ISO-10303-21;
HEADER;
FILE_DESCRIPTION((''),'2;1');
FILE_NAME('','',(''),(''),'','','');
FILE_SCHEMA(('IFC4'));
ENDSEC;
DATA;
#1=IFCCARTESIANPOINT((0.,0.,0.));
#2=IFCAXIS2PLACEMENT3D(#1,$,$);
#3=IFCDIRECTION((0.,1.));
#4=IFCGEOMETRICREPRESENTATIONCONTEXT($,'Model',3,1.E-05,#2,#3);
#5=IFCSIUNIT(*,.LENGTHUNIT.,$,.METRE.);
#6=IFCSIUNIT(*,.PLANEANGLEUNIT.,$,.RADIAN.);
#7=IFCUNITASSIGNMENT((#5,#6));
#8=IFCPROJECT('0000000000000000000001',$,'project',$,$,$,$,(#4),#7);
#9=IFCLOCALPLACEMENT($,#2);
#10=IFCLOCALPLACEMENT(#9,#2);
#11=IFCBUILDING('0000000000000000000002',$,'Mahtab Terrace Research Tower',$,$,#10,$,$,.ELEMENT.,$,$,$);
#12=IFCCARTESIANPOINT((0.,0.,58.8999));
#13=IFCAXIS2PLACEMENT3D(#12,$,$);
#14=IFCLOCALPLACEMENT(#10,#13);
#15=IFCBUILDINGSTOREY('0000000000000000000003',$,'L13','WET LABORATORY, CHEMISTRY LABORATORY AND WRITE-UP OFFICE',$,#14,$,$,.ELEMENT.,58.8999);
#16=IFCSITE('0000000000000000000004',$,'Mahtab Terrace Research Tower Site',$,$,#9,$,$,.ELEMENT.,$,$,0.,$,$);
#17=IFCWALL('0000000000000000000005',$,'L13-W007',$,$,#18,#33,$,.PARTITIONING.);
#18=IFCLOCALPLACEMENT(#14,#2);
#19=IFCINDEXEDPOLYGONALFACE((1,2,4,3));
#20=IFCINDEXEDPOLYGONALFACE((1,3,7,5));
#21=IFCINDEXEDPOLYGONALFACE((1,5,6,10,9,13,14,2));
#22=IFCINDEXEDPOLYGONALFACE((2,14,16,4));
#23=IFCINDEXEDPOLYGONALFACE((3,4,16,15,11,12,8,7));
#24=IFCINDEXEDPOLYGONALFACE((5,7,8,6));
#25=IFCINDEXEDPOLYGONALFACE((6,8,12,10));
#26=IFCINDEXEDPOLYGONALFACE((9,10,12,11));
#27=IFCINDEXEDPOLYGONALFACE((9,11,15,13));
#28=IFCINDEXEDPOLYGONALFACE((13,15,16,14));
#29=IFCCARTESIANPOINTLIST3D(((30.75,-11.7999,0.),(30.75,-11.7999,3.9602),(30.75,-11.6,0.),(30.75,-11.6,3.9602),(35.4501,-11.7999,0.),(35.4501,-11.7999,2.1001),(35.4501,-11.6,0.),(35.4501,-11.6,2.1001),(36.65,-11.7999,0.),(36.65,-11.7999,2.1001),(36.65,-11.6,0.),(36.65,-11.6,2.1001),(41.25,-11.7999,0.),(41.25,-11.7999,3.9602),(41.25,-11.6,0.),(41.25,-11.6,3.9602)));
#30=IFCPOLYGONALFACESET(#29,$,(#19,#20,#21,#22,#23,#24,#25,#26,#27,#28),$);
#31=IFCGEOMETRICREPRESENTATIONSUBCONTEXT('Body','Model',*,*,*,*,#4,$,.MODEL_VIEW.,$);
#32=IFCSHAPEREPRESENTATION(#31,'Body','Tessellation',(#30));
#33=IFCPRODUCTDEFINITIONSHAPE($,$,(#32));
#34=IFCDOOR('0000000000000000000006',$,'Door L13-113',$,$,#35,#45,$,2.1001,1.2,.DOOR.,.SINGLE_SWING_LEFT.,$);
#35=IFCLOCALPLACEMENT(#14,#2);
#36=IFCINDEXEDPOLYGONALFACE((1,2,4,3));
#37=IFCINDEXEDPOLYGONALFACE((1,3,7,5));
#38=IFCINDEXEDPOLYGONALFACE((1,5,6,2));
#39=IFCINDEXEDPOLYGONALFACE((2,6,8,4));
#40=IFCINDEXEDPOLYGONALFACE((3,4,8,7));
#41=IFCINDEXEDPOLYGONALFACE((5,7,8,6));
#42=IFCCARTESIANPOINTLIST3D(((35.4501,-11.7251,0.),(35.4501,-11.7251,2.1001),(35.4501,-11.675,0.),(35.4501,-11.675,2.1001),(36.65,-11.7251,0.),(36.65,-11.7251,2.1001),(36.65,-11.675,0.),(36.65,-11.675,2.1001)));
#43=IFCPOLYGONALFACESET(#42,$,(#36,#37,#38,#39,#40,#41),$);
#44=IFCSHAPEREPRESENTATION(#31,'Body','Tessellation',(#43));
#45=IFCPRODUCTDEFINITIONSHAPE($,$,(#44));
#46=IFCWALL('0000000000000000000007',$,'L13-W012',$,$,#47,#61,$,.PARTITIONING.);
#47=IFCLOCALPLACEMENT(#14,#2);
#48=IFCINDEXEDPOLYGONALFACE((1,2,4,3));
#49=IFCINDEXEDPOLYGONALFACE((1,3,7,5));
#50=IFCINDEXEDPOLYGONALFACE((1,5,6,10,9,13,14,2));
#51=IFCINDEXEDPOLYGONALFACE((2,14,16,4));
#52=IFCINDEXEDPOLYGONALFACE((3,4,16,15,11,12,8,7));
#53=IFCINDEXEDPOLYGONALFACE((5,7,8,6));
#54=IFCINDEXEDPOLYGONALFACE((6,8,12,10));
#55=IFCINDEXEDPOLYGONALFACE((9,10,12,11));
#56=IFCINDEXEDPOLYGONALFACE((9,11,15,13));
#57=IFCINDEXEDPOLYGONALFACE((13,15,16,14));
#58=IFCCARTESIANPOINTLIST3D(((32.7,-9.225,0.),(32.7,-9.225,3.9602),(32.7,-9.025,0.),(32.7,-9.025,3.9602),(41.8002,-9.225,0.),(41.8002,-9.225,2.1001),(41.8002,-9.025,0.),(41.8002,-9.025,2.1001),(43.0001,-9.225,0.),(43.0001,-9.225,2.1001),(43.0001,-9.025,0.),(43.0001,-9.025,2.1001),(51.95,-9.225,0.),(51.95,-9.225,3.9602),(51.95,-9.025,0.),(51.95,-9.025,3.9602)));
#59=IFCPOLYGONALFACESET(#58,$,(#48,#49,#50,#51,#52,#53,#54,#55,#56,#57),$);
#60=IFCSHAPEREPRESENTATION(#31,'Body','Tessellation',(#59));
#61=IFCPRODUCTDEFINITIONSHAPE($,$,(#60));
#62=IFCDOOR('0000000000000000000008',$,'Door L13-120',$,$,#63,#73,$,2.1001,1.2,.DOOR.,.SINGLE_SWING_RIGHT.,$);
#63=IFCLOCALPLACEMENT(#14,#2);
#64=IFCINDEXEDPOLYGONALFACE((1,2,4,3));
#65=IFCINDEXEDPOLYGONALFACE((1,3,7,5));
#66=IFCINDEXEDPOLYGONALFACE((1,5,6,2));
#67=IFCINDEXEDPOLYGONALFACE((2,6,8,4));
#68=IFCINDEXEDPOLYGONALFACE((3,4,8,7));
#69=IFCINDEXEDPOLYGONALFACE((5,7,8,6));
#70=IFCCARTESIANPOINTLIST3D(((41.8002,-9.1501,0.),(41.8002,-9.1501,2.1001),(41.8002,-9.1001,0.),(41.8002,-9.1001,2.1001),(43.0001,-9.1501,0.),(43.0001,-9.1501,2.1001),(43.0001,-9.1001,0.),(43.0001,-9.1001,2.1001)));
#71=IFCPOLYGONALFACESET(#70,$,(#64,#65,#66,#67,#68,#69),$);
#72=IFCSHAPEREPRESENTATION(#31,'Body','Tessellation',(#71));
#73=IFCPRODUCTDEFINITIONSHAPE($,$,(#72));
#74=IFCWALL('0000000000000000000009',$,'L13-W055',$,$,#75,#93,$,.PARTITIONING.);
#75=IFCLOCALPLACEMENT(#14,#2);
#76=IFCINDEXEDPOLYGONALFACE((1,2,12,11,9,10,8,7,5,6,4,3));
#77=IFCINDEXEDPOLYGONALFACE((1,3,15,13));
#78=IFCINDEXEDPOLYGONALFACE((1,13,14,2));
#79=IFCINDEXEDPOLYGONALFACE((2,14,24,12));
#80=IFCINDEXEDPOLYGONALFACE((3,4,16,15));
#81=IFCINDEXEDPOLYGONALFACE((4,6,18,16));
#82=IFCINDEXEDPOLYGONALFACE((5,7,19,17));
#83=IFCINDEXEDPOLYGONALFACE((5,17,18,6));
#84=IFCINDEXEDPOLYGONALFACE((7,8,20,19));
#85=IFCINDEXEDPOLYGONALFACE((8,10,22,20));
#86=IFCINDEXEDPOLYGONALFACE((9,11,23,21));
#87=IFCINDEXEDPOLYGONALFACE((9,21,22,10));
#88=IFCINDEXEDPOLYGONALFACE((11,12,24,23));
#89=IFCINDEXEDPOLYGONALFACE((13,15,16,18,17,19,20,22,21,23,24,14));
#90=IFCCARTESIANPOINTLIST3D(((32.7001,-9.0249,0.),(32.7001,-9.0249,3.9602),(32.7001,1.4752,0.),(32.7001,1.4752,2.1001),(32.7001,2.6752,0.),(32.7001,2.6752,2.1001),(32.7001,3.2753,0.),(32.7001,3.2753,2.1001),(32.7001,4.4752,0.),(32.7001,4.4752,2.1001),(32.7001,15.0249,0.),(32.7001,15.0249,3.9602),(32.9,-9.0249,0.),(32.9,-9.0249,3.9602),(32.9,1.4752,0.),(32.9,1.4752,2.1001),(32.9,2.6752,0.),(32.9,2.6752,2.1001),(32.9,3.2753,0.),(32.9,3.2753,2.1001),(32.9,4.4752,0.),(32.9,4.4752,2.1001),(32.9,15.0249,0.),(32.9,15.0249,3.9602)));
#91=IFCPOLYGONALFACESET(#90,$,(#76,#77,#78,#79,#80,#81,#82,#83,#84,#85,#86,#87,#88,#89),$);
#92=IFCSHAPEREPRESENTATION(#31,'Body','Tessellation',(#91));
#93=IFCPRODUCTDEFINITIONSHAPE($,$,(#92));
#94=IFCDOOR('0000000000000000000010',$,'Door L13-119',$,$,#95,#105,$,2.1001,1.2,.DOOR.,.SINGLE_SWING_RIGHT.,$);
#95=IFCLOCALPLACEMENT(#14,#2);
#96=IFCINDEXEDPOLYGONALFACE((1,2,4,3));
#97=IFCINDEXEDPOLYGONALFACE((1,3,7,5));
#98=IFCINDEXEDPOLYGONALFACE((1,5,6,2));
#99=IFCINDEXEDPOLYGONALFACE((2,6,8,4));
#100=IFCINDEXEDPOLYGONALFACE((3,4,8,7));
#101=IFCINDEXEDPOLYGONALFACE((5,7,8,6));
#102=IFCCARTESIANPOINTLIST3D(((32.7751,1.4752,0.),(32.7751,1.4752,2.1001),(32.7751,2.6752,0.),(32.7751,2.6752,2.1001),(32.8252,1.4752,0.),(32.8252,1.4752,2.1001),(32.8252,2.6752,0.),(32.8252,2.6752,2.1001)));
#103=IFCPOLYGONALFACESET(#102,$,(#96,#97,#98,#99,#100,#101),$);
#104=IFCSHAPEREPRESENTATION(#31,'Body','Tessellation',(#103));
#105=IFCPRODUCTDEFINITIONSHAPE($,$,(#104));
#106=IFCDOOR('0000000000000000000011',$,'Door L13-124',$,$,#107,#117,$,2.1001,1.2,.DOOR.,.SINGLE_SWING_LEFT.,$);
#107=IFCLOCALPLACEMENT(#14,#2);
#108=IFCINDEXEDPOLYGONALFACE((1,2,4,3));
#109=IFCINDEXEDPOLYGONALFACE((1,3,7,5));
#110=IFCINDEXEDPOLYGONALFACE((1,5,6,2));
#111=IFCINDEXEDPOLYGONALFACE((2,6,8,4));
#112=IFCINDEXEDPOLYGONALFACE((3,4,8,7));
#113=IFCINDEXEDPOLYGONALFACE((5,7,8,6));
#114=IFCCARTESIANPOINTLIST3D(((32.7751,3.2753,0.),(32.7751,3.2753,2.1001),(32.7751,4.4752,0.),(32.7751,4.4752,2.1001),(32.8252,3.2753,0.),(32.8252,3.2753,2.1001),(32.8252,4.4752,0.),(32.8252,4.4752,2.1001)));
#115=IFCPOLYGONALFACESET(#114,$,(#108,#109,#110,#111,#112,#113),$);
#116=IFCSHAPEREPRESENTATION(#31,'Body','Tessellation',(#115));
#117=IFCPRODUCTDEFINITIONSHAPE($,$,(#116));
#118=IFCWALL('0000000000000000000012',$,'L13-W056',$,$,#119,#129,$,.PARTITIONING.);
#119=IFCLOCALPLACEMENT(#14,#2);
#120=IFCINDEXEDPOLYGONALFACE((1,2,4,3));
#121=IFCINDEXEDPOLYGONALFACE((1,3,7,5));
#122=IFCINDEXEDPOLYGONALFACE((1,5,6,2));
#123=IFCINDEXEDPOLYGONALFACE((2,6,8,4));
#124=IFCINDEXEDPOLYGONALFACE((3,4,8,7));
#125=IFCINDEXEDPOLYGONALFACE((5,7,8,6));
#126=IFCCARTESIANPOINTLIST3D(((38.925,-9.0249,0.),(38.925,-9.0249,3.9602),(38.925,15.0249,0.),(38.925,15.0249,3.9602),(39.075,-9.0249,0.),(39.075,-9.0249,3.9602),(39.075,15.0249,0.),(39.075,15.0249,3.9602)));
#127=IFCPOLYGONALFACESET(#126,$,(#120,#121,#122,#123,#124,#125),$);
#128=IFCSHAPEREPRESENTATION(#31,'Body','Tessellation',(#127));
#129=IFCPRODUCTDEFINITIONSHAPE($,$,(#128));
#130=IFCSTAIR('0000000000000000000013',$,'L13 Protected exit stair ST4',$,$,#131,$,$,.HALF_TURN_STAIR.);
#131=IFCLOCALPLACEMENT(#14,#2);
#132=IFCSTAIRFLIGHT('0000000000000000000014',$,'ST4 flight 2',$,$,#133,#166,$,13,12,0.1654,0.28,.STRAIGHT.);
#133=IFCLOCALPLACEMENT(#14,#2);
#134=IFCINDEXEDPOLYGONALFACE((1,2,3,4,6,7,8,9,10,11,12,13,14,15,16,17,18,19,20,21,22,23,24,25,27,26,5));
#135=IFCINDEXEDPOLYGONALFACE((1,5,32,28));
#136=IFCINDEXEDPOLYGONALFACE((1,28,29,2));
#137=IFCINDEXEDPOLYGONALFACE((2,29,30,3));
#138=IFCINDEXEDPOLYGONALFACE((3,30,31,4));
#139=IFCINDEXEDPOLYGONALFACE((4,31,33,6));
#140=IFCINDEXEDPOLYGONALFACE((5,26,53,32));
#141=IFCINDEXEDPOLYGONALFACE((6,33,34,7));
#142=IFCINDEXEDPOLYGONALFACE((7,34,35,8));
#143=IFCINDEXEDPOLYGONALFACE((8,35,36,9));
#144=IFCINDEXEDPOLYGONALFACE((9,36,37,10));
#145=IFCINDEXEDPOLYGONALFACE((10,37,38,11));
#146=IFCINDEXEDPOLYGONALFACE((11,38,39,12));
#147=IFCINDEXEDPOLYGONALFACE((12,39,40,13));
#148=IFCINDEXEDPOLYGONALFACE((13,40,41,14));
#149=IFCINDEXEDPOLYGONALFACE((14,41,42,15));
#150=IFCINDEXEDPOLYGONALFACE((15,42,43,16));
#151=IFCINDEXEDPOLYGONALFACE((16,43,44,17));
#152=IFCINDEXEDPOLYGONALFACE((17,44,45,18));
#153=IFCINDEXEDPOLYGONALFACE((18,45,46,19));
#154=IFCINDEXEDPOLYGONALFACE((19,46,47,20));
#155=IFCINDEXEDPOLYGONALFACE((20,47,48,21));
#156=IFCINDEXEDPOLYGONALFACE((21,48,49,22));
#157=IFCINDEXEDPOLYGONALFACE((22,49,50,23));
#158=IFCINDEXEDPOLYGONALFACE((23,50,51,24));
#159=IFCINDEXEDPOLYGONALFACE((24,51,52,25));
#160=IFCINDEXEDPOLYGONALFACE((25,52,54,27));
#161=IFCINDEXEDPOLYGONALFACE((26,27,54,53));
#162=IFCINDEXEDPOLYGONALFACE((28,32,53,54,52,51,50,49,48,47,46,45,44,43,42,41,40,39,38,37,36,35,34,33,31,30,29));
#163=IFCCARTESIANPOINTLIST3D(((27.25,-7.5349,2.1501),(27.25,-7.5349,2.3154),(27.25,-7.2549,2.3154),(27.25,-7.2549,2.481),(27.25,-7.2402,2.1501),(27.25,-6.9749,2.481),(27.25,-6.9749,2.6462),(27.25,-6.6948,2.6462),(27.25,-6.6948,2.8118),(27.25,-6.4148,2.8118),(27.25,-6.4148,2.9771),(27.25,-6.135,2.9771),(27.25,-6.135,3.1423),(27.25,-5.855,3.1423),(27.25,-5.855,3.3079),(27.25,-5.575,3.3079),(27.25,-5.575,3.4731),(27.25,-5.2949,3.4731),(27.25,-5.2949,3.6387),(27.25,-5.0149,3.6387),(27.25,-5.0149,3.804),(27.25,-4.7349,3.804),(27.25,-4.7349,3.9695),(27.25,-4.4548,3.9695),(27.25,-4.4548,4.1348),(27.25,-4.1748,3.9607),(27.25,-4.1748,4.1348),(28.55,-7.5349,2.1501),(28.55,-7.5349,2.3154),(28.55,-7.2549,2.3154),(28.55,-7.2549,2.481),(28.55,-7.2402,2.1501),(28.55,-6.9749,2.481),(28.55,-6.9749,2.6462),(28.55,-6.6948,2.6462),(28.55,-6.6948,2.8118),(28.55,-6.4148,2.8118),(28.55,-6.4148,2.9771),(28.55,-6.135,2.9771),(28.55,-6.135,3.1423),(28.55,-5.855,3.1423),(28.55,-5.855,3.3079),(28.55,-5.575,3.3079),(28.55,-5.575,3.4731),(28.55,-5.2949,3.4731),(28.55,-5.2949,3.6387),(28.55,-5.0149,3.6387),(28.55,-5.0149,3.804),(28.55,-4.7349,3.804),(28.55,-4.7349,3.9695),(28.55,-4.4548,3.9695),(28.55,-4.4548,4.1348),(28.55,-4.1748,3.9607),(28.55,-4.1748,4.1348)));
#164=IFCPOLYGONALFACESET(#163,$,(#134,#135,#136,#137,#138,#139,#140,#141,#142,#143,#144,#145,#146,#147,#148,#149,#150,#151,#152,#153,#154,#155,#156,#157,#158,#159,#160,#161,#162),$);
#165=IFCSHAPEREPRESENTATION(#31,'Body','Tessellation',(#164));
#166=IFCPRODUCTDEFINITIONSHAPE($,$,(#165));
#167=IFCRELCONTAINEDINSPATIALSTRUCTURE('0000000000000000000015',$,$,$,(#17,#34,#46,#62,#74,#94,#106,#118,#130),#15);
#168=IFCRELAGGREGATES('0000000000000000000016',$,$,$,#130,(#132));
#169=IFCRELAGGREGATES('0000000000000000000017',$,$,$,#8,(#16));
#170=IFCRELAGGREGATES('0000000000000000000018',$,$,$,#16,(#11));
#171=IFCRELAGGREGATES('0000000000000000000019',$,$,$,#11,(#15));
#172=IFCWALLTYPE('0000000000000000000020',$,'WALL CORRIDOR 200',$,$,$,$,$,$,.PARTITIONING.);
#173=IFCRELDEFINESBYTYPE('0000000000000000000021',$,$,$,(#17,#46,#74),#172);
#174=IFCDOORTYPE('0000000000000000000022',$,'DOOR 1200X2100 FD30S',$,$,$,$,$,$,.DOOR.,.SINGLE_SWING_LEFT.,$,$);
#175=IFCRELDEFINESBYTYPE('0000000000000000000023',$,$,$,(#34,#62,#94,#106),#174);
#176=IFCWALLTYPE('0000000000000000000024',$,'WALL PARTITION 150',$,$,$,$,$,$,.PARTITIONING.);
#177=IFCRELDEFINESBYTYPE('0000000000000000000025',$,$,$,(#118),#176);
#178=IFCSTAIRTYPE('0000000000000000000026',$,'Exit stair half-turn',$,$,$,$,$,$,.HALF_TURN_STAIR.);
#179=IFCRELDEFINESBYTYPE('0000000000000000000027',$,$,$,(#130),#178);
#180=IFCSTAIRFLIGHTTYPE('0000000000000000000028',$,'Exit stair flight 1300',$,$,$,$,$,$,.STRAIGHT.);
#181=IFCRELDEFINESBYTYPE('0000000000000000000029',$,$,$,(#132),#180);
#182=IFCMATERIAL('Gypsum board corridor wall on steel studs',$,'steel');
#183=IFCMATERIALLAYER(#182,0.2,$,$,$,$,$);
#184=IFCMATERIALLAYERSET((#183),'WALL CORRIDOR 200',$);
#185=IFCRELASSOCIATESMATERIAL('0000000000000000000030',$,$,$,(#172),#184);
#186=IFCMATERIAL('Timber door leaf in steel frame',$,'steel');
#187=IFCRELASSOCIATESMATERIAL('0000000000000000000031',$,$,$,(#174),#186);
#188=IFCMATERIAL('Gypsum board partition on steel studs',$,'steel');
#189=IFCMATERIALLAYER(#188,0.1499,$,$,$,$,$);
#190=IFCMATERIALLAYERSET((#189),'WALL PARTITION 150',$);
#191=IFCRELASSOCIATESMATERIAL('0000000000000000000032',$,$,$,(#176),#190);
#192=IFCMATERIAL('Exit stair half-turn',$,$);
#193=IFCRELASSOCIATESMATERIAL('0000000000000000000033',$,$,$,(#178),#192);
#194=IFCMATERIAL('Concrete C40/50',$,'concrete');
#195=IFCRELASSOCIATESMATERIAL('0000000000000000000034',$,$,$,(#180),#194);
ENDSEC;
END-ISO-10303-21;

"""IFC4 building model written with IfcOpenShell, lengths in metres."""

from ifc_helpers import new_model, si_unit, direction, frame, frame_2d, origin, place, context, subcontext, project, spatial, polyline, rectangle, outline, extrude, material, layer, layer_set, type_object, element, fill, aggregate, save


model = new_model("IFC4")

# Units and contexts
model_context = context("Model", 3, precision=1e-05, world=origin(), true_north=direction((0.0, 1.0)))
body_context = subcontext(model_context, "Body", "Model", "MODEL_VIEW")
ifc_project = project(units=[si_unit("LENGTHUNIT", "METRE"), si_unit("PLANEANGLEUNIT", "RADIAN")], contexts=[model_context])

# Site, building, storey
site_placement = place(None, origin())
site = spatial("IfcSite", under=ifc_project, at=site_placement, Name="Mahtab Terrace Research Tower Site", CompositionType="ELEMENT", RefElevation=0.0)
building_placement = place(site_placement, origin())
building = spatial("IfcBuilding", under=site, at=building_placement, Name="Mahtab Terrace Research Tower", CompositionType="ELEMENT")
storey_placement = place(building_placement, frame((0.0, 0.0, 58.8999)))
storey = spatial("IfcBuildingStorey", under=building, at=storey_placement, Name="L13", Description="WET LABORATORY, CHEMISTRY LABORATORY AND WRITE-UP OFFICE", CompositionType="ELEMENT", Elevation=58.8999)

# Walls, openings, doors
ifc_material_1 = material(Name="Gypsum board corridor wall on steel studs", Category="steel")
ifc_layer_1 = layer(ifc_material_1, 0.2)
ifc_layer_set_1 = layer_set([ifc_layer_1], Name="WALL CORRIDOR 200")
wall_type_1 = type_object("IfcWallType", Name="WALL CORRIDOR 200", PredefinedType="PARTITIONING", material=ifc_layer_set_1)
wall_1_placement = place(storey_placement, frame((30.75, -11.7, 0.0), z_axis=(0.0, 0.0, 1.0), x_axis=(1.0, 0.0, 0.0)))
wall_1 = element("IfcWall", 1, at=wall_1_placement, inside=storey, type_object=wall_type_1, Name="L13-W007", PredefinedType="PARTITIONING", context=body_context, shape_type="SweptSolid", body=[
    extrude(rectangle(XDim=10.5, YDim=0.2, at=frame_2d((5.25, 0.0))), origin(), (0.0, 0.0, 1.0), 3.9602),
])
opening_1_placement = place(wall_1_placement, frame((4.7, 0.0, 0.0)))
opening_1 = element("IfcOpeningElement", 2, at=opening_1_placement, cuts=wall_1, PredefinedType="OPENING", context=body_context, shape_type="SweptSolid", body=[
    extrude(rectangle(XDim=1.2, YDim=2.1001, at=frame_2d((0.6001, 1.05))), frame((0.0, 0.1099, 0.0), z_axis=(0.0, -1.0, 0.0), x_axis=(1.0, 0.0, 0.0)), (0.0, 0.0, 1.0), 0.22),
])
ifc_material_2 = material(Name="Timber door leaf in steel frame", Category="steel")
door_type_1 = type_object("IfcDoorType", Name="DOOR 1200X2100 FD30S", OperationType="SINGLE_SWING_LEFT", PredefinedType="DOOR", material=ifc_material_2)
door_1_placement = place(opening_1_placement, origin())
door_1 = element("IfcDoor", 3, at=door_1_placement, inside=storey, type_object=door_type_1, Name="Door L13-113", OperationType="SINGLE_SWING_LEFT", OverallHeight=2.1001, OverallWidth=1.2, PredefinedType="DOOR", context=body_context, shape_type="SweptSolid", body=[
    extrude(rectangle(XDim=1.2, YDim=2.1001, at=frame_2d((0.6001, 1.05))), frame((0.0, 0.0249, 0.0), z_axis=(0.0, -1.0, 0.0), x_axis=(1.0, 0.0, 0.0)), (0.0, 0.0, 1.0), 0.05),
])
fill(opening_1, door_1)
wall_2_placement = place(storey_placement, frame((32.7, -9.125, 0.0), z_axis=(0.0, 0.0, 1.0), x_axis=(1.0, 0.0, 0.0)))
wall_2 = element("IfcWall", 4, at=wall_2_placement, inside=storey, type_object=wall_type_1, Name="L13-W012", PredefinedType="PARTITIONING", context=body_context, shape_type="SweptSolid", body=[
    extrude(rectangle(XDim=19.25, YDim=0.2, at=frame_2d((9.625, 0.0))), origin(), (0.0, 0.0, 1.0), 3.9602),
])
opening_2_placement = place(wall_2_placement, frame((9.1001, 0.0, 0.0)))
opening_2 = element("IfcOpeningElement", 5, at=opening_2_placement, cuts=wall_2, PredefinedType="OPENING", context=body_context, shape_type="SweptSolid", body=[
    extrude(rectangle(XDim=1.2, YDim=2.1001, at=frame_2d((0.6001, 1.05))), frame((0.0, 0.1099, 0.0), z_axis=(0.0, -1.0, 0.0), x_axis=(1.0, 0.0, 0.0)), (0.0, 0.0, 1.0), 0.22),
])
door_2_placement = place(opening_2_placement, origin())
door_2 = element("IfcDoor", 6, at=door_2_placement, inside=storey, type_object=door_type_1, Name="Door L13-120", OperationType="SINGLE_SWING_RIGHT", OverallHeight=2.1001, OverallWidth=1.2, PredefinedType="DOOR", context=body_context, shape_type="SweptSolid", body=[
    extrude(rectangle(XDim=1.2, YDim=2.1001, at=frame_2d((0.6001, 1.05))), frame((0.0, 0.0249, 0.0), z_axis=(0.0, -1.0, 0.0), x_axis=(1.0, 0.0, 0.0)), (0.0, 0.0, 1.0), 0.05),
])
fill(opening_2, door_2)

# Wall, openings, doors
wall_3_placement = place(storey_placement, frame((32.8, -9.0249, 0.0), z_axis=(0.0, 0.0, 1.0), x_axis=(0.0, 1.0, 0.0)))
wall_3 = element("IfcWall", 7, at=wall_3_placement, inside=storey, type_object=wall_type_1, Name="L13-W055", PredefinedType="PARTITIONING", context=body_context, shape_type="SweptSolid", body=[
    extrude(rectangle(XDim=24.0498, YDim=0.2, at=frame_2d((12.0249, 0.0))), origin(), (0.0, 0.0, 1.0), 3.9602),
])
opening_3_placement = place(wall_3_placement, frame((10.5, 0.0, 0.0)))
opening_3 = element("IfcOpeningElement", 8, at=opening_3_placement, cuts=wall_3, PredefinedType="OPENING", context=body_context, shape_type="SweptSolid", body=[
    extrude(rectangle(XDim=1.2, YDim=2.1001, at=frame_2d((0.6001, 1.05))), frame((0.0, 0.1099, 0.0), z_axis=(0.0, -1.0, 0.0), x_axis=(1.0, 0.0, 0.0)), (0.0, 0.0, 1.0), 0.22),
])
opening_4_placement = place(wall_3_placement, frame((12.3, 0.0, 0.0)))
opening_4 = element("IfcOpeningElement", 9, at=opening_4_placement, cuts=wall_3, PredefinedType="OPENING", context=body_context, shape_type="SweptSolid", body=[
    extrude(rectangle(XDim=1.2, YDim=2.1001, at=frame_2d((0.6001, 1.05))), frame((0.0, 0.1099, 0.0), z_axis=(0.0, -1.0, 0.0), x_axis=(1.0, 0.0, 0.0)), (0.0, 0.0, 1.0), 0.22),
])
door_3_placement = place(opening_3_placement, origin())
door_3 = element("IfcDoor", 10, at=door_3_placement, inside=storey, type_object=door_type_1, Name="Door L13-119", OperationType="SINGLE_SWING_RIGHT", OverallHeight=2.1001, OverallWidth=1.2, PredefinedType="DOOR", context=body_context, shape_type="SweptSolid", body=[
    extrude(rectangle(XDim=1.2, YDim=2.1001, at=frame_2d((0.6001, 1.05))), frame((0.0, 0.0249, 0.0), z_axis=(0.0, -1.0, 0.0), x_axis=(1.0, 0.0, 0.0)), (0.0, 0.0, 1.0), 0.05),
])
fill(opening_3, door_3)
door_4_placement = place(opening_4_placement, origin())
door_4 = element("IfcDoor", 11, at=door_4_placement, inside=storey, type_object=door_type_1, Name="Door L13-124", OperationType="SINGLE_SWING_LEFT", OverallHeight=2.1001, OverallWidth=1.2, PredefinedType="DOOR", context=body_context, shape_type="SweptSolid", body=[
    extrude(rectangle(XDim=1.2, YDim=2.1001, at=frame_2d((0.6001, 1.05))), frame((0.0, 0.0249, 0.0), z_axis=(0.0, -1.0, 0.0), x_axis=(1.0, 0.0, 0.0)), (0.0, 0.0, 1.0), 0.05),
])
fill(opening_4, door_4)

# Wall
ifc_material_3 = material(Name="Gypsum board partition on steel studs", Category="steel")
ifc_layer_2 = layer(ifc_material_3, 0.1499)
ifc_layer_set_2 = layer_set([ifc_layer_2], Name="WALL PARTITION 150")
wall_type_2 = type_object("IfcWallType", Name="WALL PARTITION 150", PredefinedType="PARTITIONING", material=ifc_layer_set_2)
wall_4_placement = place(storey_placement, frame((39.0, -9.0249, 0.0), z_axis=(0.0, 0.0, 1.0), x_axis=(0.0, 1.0, 0.0)))
element("IfcWall", 12, at=wall_4_placement, inside=storey, type_object=wall_type_2, Name="L13-W056", PredefinedType="PARTITIONING", context=body_context, shape_type="SweptSolid", body=[
    extrude(rectangle(XDim=24.0498, YDim=0.1499, at=frame_2d((12.0249, 0.0))), origin(), (0.0, 0.0, 1.0), 3.9602),
])

# Stair, stair flight
ifc_material_4 = material(Name="Exit stair half-turn")
stair_type = type_object("IfcStairType", Name="Exit stair half-turn", PredefinedType="HALF_TURN_STAIR", material=ifc_material_4)
stair_placement = place(storey_placement, origin())
stair = element("IfcStair", 13, at=stair_placement, inside=storey, type_object=stair_type, Name="L13 Protected exit stair ST4", PredefinedType="HALF_TURN_STAIR")
ifc_material_5 = material(Name="Concrete C40/50", Category="concrete")
stair_flight_type = type_object("IfcStairFlightType", Name="Exit stair flight 1300", PredefinedType="STRAIGHT", material=ifc_material_5)
stair_flight_placement = place(storey_placement, frame((27.8999, -7.5349, 2.1501), z_axis=(0.0, 0.0, 1.0), x_axis=(0.0, 1.0, 0.0)))
stair_flight = element("IfcStairFlight", 14, at=stair_flight_placement, type_object=stair_flight_type, Name="ST4 flight 2", NumberOfRisers=13, NumberOfTreads=12, PredefinedType="STRAIGHT", RiserHeight=0.1654, TreadLength=0.28, context=body_context, shape_type="SweptSolid", body=[
    extrude(outline(polyline([(0.0, 0.0), (0.0, 0.1653), (0.28, 0.1653), (0.28, 0.3308), (0.5601, 0.3308), (0.5601, 0.4961), (0.8401, 0.4961), (0.8401, 0.6616), (1.1201, 0.6616), (1.1201, 0.8269), (1.3999, 0.8269), (1.3999, 0.9922), (1.6799, 0.9922), (1.6799, 1.1577), (1.96, 1.1577), (1.96, 1.323), (2.24, 1.323), (2.24, 1.4885), (2.52, 1.4885), (2.52, 1.6538), (2.8, 1.6538), (2.8, 1.8193), (3.0801, 1.8193), (3.0801, 1.9846), (3.3601, 1.9846), (3.3601, 2.1499), (3.3601, 1.8105), (0.2947, 0.0), (0.0, 0.0)])), frame((0.0, 0.6499, 0.0), z_axis=(0.0, -1.0, 0.0), x_axis=(1.0, 0.0, 0.0)), (0.0, 0.0, 1.0), 1.3),
])
aggregate(stair, [stair_flight])

save(model, "model.ifc")
